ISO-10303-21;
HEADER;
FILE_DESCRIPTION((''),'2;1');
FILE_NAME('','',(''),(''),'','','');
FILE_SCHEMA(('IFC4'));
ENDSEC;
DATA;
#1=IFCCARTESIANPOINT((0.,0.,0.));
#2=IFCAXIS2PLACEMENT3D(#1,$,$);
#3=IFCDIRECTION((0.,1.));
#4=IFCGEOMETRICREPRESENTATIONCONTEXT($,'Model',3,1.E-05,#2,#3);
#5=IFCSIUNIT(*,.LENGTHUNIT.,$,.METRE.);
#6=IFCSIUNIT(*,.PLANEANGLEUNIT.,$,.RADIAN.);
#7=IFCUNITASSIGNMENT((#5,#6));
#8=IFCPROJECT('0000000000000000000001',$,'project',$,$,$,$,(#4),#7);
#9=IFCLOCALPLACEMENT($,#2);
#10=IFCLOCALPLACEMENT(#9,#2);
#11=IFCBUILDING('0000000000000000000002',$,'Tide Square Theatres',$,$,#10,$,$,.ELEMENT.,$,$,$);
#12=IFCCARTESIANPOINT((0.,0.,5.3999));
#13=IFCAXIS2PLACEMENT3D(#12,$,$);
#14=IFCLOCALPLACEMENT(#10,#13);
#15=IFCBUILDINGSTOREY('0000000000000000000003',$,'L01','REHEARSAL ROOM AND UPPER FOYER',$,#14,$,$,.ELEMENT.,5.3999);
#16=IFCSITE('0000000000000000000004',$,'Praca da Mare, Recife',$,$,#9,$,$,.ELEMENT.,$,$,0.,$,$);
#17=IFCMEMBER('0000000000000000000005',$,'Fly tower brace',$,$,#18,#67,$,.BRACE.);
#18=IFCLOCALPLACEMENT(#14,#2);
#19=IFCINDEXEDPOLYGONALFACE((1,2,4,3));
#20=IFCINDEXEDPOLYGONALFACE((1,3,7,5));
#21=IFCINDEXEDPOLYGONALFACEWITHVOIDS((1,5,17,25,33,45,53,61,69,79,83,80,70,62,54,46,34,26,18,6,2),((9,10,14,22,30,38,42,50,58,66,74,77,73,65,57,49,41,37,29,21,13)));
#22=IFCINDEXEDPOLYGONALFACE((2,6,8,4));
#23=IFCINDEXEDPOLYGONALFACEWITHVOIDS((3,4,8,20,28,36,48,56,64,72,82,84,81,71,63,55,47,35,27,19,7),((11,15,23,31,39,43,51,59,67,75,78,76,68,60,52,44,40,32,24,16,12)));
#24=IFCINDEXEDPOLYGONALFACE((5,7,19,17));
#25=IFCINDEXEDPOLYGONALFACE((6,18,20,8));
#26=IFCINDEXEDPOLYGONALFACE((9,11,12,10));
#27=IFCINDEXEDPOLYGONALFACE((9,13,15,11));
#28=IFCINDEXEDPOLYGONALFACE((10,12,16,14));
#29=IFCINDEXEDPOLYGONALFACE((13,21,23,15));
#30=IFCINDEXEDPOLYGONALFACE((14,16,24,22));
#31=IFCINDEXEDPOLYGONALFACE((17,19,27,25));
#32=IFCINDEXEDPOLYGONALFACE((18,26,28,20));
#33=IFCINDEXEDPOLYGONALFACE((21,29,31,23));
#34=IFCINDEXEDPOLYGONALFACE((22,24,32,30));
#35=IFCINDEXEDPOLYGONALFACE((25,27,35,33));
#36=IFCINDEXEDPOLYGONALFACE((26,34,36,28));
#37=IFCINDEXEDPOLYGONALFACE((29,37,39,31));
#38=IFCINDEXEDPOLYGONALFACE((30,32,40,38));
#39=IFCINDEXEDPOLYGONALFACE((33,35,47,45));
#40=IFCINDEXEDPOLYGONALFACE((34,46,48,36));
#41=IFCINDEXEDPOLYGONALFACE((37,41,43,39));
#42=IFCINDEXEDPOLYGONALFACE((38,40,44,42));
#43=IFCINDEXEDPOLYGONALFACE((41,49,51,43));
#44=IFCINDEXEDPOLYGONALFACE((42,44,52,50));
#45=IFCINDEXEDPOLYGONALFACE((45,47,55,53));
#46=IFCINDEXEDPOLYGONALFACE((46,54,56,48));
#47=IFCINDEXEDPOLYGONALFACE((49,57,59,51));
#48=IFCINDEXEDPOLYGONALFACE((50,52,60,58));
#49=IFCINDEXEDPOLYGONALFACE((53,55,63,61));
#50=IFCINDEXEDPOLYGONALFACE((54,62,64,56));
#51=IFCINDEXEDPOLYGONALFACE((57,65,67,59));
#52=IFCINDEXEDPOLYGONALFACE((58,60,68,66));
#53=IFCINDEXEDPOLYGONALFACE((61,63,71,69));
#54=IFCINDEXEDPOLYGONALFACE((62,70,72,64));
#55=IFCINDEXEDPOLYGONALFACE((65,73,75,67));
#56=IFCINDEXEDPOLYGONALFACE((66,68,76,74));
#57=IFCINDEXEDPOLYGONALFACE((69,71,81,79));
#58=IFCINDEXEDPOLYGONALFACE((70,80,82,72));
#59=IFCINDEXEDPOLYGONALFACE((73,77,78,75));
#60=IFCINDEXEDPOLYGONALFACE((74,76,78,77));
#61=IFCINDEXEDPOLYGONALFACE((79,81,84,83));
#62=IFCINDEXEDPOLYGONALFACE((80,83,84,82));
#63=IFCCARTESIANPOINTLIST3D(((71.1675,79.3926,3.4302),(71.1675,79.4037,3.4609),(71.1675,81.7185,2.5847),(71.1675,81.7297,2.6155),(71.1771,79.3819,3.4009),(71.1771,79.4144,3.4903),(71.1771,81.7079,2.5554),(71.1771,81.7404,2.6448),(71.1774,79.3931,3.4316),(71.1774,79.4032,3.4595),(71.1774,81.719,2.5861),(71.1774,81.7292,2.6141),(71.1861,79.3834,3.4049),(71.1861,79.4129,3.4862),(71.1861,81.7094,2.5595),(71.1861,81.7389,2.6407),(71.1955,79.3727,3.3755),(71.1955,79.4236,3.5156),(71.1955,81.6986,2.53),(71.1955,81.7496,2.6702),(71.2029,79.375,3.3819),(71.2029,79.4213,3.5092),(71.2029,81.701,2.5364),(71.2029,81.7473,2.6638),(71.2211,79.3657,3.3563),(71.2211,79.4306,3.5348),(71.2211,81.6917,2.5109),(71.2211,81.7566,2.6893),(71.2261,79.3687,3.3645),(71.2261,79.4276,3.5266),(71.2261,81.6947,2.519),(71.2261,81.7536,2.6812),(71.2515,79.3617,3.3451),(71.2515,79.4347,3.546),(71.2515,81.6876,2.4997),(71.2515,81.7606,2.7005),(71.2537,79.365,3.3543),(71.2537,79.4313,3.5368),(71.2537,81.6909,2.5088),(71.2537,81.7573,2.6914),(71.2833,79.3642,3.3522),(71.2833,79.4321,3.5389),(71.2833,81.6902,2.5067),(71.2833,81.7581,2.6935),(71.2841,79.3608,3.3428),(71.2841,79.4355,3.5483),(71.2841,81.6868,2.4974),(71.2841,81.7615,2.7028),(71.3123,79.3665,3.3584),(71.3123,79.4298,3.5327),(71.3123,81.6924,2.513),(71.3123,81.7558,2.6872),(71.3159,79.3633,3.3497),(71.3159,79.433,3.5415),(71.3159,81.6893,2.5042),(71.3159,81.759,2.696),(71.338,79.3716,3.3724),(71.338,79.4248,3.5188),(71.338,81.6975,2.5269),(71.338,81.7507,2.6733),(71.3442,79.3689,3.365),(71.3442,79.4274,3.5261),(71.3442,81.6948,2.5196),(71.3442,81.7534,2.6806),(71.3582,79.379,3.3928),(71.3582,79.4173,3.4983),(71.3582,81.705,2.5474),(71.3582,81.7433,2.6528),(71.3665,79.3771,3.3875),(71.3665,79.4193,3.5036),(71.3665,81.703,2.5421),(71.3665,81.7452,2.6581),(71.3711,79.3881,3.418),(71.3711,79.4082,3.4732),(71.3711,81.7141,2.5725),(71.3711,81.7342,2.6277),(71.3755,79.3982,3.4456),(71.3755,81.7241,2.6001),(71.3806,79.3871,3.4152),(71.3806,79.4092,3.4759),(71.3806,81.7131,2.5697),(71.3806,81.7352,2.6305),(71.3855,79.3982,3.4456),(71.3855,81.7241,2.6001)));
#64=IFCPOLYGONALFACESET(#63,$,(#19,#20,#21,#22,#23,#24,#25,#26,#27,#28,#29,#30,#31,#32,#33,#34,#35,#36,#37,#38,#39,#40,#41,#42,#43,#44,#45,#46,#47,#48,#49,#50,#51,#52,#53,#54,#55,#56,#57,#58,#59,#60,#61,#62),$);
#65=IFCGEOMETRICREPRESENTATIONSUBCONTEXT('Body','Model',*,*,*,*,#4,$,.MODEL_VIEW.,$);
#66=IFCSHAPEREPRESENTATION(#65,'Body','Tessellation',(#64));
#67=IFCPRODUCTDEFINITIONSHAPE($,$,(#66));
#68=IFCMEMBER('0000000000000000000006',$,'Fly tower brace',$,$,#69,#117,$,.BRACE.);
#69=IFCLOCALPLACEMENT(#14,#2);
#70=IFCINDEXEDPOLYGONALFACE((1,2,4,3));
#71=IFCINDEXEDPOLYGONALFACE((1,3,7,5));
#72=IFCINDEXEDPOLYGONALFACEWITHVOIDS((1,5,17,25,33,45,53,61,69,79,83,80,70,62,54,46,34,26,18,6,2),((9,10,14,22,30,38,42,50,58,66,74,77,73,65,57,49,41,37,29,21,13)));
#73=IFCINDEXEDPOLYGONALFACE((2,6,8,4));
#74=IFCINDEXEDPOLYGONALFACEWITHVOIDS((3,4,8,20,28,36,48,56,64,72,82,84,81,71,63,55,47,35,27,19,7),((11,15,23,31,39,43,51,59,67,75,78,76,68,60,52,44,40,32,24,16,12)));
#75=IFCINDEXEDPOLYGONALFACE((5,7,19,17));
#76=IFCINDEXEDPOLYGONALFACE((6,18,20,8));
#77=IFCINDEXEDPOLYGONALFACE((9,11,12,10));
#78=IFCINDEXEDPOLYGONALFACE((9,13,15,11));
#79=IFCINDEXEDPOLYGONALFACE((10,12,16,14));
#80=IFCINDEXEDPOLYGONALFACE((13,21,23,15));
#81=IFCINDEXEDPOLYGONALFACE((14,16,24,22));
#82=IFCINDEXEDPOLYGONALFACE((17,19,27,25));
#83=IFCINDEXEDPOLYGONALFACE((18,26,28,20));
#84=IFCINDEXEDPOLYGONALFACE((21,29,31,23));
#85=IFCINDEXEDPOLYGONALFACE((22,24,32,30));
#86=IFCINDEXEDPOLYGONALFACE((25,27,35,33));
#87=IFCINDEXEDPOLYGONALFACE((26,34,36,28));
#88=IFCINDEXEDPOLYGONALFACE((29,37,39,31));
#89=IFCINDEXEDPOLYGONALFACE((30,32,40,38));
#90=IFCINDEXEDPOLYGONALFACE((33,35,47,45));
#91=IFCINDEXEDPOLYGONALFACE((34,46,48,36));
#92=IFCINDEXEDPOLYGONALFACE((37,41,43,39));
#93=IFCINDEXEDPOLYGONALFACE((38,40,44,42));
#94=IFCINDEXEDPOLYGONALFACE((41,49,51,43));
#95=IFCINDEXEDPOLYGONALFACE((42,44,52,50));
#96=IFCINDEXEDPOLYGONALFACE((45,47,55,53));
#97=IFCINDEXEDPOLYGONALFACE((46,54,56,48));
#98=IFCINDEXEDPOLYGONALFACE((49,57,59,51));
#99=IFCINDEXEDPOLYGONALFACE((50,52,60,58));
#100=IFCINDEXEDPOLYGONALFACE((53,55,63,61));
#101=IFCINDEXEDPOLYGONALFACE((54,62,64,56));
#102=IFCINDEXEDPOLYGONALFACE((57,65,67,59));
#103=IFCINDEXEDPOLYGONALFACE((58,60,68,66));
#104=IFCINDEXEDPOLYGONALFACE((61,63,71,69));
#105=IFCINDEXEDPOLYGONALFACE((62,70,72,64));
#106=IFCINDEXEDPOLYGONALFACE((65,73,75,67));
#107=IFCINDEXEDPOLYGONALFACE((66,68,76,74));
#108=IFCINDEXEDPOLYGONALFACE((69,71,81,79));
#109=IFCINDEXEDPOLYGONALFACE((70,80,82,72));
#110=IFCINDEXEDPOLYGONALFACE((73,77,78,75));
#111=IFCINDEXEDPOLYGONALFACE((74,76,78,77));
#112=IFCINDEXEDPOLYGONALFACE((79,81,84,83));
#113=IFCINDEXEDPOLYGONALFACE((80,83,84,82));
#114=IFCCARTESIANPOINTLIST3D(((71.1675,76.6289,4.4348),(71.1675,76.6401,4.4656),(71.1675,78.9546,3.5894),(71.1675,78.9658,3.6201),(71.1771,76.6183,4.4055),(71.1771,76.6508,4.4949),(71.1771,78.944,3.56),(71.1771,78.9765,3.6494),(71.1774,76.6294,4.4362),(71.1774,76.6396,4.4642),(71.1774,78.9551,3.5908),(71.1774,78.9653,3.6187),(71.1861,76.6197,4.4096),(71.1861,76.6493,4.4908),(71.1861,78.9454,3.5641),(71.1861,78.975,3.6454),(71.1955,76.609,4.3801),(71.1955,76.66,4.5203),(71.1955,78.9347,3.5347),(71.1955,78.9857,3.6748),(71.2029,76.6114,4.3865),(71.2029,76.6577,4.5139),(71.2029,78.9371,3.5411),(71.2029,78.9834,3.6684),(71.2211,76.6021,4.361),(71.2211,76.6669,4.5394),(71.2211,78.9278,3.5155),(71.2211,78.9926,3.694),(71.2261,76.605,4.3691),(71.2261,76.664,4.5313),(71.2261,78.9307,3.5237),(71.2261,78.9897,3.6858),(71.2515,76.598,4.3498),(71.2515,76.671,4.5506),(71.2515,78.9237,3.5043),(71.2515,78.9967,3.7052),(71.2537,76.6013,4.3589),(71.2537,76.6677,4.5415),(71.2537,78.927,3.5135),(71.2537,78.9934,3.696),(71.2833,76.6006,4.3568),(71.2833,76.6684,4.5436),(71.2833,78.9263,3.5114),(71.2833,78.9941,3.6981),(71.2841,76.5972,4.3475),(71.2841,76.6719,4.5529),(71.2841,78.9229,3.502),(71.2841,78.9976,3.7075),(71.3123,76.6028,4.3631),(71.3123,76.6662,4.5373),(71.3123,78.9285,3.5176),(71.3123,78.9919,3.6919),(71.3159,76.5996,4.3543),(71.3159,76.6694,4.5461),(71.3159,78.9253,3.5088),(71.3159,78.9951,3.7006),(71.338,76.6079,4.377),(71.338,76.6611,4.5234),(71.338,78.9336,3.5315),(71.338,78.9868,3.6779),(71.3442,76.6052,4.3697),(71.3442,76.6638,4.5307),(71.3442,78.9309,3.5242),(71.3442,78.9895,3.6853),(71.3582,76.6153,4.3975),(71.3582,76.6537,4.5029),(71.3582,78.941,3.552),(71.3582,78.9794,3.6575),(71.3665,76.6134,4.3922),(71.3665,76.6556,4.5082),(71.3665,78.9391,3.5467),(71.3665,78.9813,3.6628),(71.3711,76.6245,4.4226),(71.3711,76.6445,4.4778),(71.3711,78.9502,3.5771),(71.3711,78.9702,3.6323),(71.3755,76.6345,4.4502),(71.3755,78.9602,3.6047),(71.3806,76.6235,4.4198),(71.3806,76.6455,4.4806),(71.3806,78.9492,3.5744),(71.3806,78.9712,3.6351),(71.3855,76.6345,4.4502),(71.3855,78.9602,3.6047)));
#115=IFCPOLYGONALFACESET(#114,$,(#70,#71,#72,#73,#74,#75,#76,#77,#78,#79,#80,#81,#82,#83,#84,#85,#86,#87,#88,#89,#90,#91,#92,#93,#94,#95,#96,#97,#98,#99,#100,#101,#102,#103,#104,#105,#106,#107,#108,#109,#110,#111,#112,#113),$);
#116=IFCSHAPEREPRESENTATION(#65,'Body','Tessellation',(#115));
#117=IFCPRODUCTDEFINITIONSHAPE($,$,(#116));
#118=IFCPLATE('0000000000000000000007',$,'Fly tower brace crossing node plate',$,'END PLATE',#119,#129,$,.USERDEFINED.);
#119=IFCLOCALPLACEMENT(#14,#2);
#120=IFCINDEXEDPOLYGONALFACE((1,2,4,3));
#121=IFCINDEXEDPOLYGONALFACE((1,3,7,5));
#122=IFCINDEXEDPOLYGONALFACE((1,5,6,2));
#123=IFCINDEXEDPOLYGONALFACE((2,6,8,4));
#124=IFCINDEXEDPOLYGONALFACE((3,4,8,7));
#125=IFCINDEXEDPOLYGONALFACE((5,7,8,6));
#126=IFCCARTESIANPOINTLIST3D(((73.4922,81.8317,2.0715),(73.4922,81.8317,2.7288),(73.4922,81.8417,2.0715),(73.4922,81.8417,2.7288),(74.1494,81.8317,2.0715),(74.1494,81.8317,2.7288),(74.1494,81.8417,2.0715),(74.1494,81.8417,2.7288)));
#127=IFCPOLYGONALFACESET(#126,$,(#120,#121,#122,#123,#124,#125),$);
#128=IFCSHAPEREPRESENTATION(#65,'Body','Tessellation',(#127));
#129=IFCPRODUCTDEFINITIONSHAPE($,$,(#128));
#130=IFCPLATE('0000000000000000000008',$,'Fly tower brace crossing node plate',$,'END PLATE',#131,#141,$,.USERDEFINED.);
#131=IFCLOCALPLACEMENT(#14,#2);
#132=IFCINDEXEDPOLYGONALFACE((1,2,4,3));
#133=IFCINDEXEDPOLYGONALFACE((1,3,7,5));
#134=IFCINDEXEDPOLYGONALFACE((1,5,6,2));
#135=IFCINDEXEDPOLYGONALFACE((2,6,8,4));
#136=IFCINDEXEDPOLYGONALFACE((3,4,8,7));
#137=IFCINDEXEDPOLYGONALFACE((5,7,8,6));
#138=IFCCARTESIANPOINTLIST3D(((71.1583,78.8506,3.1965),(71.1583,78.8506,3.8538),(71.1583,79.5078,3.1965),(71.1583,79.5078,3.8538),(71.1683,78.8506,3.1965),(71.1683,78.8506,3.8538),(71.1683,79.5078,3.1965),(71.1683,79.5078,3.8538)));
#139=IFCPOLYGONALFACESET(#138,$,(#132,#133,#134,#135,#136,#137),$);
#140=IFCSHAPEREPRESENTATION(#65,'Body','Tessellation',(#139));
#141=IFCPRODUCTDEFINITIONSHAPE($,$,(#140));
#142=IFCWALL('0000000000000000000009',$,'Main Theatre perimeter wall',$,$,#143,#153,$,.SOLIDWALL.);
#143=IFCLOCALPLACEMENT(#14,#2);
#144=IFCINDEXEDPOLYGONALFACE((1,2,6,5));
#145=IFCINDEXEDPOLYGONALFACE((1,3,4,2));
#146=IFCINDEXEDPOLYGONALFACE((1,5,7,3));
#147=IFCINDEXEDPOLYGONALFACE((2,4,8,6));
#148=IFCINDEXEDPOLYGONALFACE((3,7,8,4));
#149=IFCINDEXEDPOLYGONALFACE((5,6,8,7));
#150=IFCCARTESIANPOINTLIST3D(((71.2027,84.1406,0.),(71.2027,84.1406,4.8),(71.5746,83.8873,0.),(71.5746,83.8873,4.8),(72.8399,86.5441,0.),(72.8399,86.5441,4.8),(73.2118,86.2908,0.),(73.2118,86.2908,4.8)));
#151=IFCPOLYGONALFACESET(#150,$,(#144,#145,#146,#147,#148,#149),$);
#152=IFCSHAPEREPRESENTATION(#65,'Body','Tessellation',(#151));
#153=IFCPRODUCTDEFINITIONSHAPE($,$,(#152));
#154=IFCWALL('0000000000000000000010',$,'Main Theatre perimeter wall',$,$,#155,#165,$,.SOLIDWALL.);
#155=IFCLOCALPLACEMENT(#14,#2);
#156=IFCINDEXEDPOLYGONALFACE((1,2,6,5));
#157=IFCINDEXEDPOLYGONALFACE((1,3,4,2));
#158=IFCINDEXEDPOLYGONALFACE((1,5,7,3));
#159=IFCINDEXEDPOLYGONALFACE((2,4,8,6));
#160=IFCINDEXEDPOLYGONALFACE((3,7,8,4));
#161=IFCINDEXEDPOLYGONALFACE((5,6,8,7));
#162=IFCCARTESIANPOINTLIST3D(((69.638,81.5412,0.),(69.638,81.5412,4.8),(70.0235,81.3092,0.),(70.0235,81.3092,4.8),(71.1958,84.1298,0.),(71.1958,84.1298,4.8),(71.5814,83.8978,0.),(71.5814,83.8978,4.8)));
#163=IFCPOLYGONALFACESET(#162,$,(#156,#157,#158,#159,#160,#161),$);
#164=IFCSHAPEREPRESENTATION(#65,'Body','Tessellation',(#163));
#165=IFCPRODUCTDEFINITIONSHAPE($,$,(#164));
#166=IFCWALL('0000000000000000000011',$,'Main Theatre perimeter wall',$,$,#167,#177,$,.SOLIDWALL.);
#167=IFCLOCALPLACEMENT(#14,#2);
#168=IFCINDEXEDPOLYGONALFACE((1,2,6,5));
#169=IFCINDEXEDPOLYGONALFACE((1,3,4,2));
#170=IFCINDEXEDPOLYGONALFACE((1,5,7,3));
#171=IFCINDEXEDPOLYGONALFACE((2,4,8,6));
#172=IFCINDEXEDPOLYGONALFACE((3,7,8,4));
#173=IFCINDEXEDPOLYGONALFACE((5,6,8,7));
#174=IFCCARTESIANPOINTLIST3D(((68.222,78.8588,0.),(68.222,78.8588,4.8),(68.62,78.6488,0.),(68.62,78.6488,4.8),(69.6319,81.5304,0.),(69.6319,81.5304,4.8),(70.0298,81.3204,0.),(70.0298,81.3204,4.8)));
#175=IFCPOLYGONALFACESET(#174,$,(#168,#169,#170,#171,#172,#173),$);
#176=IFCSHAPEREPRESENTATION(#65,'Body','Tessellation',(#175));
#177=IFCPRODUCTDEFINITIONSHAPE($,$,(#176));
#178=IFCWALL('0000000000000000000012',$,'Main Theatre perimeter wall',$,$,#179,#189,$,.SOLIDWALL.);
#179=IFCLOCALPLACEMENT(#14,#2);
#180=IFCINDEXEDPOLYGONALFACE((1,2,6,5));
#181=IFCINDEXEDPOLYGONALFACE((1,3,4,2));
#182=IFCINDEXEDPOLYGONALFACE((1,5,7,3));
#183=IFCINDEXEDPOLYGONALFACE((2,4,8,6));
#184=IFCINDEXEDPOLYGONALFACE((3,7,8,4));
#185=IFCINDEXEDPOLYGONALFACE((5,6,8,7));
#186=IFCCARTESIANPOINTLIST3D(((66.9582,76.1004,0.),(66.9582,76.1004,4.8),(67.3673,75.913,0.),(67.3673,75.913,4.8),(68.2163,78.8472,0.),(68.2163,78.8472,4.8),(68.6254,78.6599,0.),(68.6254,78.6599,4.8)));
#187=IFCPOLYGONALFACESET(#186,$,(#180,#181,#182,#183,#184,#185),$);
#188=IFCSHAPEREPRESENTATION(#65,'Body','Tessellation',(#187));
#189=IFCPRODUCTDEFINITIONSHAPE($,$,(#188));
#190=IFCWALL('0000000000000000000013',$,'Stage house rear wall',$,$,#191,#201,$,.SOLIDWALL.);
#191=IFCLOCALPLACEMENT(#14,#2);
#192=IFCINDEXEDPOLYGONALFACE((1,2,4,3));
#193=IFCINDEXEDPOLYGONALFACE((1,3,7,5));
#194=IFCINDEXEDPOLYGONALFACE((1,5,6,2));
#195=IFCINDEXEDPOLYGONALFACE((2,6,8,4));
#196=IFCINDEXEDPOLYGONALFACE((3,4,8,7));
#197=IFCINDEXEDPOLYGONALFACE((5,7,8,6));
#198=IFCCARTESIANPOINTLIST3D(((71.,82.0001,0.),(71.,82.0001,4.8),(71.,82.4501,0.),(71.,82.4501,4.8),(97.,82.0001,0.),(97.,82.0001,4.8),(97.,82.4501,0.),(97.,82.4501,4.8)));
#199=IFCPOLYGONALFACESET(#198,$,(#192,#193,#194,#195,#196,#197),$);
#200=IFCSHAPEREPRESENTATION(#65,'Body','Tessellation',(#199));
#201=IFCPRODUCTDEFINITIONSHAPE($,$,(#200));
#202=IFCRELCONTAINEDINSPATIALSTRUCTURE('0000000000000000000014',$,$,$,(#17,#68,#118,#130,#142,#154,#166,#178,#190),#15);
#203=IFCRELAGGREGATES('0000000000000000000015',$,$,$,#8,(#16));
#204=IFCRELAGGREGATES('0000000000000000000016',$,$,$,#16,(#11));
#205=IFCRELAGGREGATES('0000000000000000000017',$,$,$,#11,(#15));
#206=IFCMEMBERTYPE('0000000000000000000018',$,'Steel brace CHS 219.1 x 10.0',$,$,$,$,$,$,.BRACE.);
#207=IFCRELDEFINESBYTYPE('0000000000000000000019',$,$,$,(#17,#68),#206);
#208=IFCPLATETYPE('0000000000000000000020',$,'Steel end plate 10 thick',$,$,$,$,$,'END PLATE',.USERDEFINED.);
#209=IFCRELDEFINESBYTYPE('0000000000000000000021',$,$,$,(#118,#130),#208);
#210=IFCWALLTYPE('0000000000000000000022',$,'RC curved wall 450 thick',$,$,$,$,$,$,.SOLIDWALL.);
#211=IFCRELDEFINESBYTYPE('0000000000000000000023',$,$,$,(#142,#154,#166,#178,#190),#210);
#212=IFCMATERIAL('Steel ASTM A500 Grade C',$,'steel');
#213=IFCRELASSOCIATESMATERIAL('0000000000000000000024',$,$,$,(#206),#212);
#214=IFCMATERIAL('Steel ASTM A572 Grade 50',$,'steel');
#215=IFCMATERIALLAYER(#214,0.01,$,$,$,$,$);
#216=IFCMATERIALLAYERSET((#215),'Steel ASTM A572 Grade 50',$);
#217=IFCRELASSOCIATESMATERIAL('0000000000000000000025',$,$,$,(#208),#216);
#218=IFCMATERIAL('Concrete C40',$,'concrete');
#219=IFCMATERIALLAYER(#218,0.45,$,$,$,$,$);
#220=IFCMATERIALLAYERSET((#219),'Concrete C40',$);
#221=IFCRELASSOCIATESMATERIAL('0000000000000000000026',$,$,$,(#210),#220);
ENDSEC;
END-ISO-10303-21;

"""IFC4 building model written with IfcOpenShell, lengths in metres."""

from ifc_helpers import new_model, si_unit, direction, frame, frame_2d, origin, origin_2d, place, context, subcontext, project, spatial, rectangle, hollow_circle, extrude, material, layer, layer_set, material_profile, profile_set, type_object, element, save


model = new_model("IFC4")

# Units and contexts
model_context = context("Model", 3, precision=1e-05, world=origin(), true_north=direction((0.0, 1.0)))
body_context = subcontext(model_context, "Body", "Model", "MODEL_VIEW")
ifc_project = project(units=[si_unit("LENGTHUNIT", "METRE"), si_unit("PLANEANGLEUNIT", "RADIAN")], contexts=[model_context])

# Site, building, storey
site_placement = place(None, origin())
site = spatial("IfcSite", under=ifc_project, at=site_placement, Name="Praca da Mare, Recife", CompositionType="ELEMENT", RefElevation=0.0)
building_placement = place(site_placement, origin())
building = spatial("IfcBuilding", under=site, at=building_placement, Name="Tide Square Theatres", CompositionType="ELEMENT")
storey_placement = place(building_placement, frame((0.0, 0.0, 5.3999)))
storey = spatial("IfcBuildingStorey", under=building, at=storey_placement, Name="L01", Description="REHEARSAL ROOM AND UPPER FOYER", CompositionType="ELEMENT", Elevation=5.3999)

# Members
ifc_material_1 = material(Name="Steel ASTM A500 Grade C", Category="steel")
ifc_material_profile_1 = material_profile(ifc_material_1, hollow_circle(Radius=0.1096, WallThickness=0.01, at=origin_2d()))
ifc_profile_set_1 = profile_set([ifc_material_profile_1], Name="Steel ASTM A500 Grade C")
member_type = type_object("IfcMemberType", Name="Steel brace CHS 219.1 x 10.0", PredefinedType="BRACE", material=ifc_profile_set_1)
member_1_placement = place(storey_placement, frame((71.2759, 81.7241, 2.6001), z_axis=(0.0, -0.939837, 0.341624), x_axis=(1.0, 0.0, 0.0)))
element("IfcMember", 1, at=member_1_placement, inside=storey, type_object=member_type, Name="Fly tower brace", PredefinedType="BRACE", context=body_context, shape_type="SweptSolid", body=[
    extrude(hollow_circle(Radius=0.1096, WallThickness=0.01, at=origin_2d()), origin(), (0.0, 0.0, 1.0), 2.4749),
])
member_2_placement = place(storey_placement, frame((71.2759, 78.9602, 3.6047), z_axis=(0.0, -0.939825, 0.341656), x_axis=(1.0, 0.0, 0.0)))
element("IfcMember", 2, at=member_2_placement, inside=storey, type_object=member_type, Name="Fly tower brace", PredefinedType="BRACE", context=body_context, shape_type="SweptSolid", body=[
    extrude(hollow_circle(Radius=0.1096, WallThickness=0.01, at=origin_2d()), origin(), (0.0, 0.0, 1.0), 2.4746),
])

# Plates
ifc_material_2 = material(Name="Steel ASTM A572 Grade 50", Category="steel")
ifc_layer_1 = layer(ifc_material_2, 0.01)
ifc_layer_set_1 = layer_set([ifc_layer_1], Name="Steel ASTM A572 Grade 50")
plate_type = type_object("IfcPlateType", Name="Steel end plate 10 thick", ElementType="END PLATE", PredefinedType="USERDEFINED", material=ifc_layer_set_1)
for number, where, z_axis, x_axis, name in (
    (3, (73.8208, 81.8367, 2.0715), (0.0, 0.0, 1.0), (0.0, 1.0, 0.0), "Fly tower brace crossing node plate"),
    (4, (71.1633, 79.1792, 3.1965), (0.0, 0.0, 1.0), (-1.0, 0.0, 0.0), "Fly tower brace crossing node plate"),
):
    element("IfcPlate", number, at=place(storey_placement, frame(where, z_axis=z_axis, x_axis=x_axis)), inside=storey, type_object=plate_type, Name=name, ObjectType="END PLATE", PredefinedType="USERDEFINED", context=body_context, shape_type="SweptSolid", body=[
        extrude(rectangle(XDim=0.01, YDim=0.6572, at=origin_2d()), origin(), (0.0, 0.0, 1.0), 0.6572),
    ])

# Walls
ifc_material_3 = material(Name="Concrete C40", Category="concrete")
ifc_layer_2 = layer(ifc_material_3, 0.45)
ifc_layer_set_2 = layer_set([ifc_layer_2], Name="Concrete C40")
wall_type_1 = type_object("IfcWallType", Name="RC curved wall 450 thick", PredefinedType="SOLIDWALL", material=ifc_layer_set_2)
wall_1_placement = place(storey_placement, frame((73.0259, 86.4175, 0.0), z_axis=(0.0, 0.0, 1.0), x_axis=(-0.562964, -0.826481, 0.0)))
element("IfcWall", 5, at=wall_1_placement, inside=storey, type_object=wall_type_1, Name="Main Theatre perimeter wall", PredefinedType="SOLIDWALL", context=body_context, shape_type="SweptSolid", body=[
    extrude(rectangle(XDim=2.9082, YDim=0.45, at=frame_2d((1.4541, 0.0))), origin(), (0.0, 0.0, 1.0), 4.8),
])
wall_2_placement = place(storey_placement, frame((71.3887, 84.0139, 0.0), z_axis=(0.0, 0.0, 1.0), x_axis=(-0.515636, -0.856808, 0.0)))
element("IfcWall", 6, at=wall_2_placement, inside=storey, type_object=wall_type_1, Name="Main Theatre perimeter wall", PredefinedType="SOLIDWALL", context=body_context, shape_type="SweptSolid", body=[
    extrude(rectangle(XDim=3.0212, YDim=0.45, at=frame_2d((1.5107, 0.0))), origin(), (0.0, 0.0, 1.0), 4.8),
])
wall_3_placement = place(storey_placement, frame((69.8308, 81.4253, 0.0), z_axis=(0.0, 0.0, 1.0), x_axis=(-0.466729, -0.884401, 0.0)))
element("IfcWall", 7, at=wall_3_placement, inside=storey, type_object=wall_type_1, Name="Main Theatre perimeter wall", PredefinedType="SOLIDWALL", context=body_context, shape_type="SweptSolid", body=[
    extrude(rectangle(XDim=3.0208, YDim=0.45, at=frame_2d((1.5103, 0.0))), origin(), (0.0, 0.0, 1.0), 4.8),
])
wall_4_placement = place(storey_placement, frame((68.4209, 78.7537, 0.0), z_axis=(0.0, 0.0, 1.0), x_axis=(-0.416407, -0.909178, 0.0)))
element("IfcWall", 8, at=wall_4_placement, inside=storey, type_object=wall_type_1, Name="Main Theatre perimeter wall", PredefinedType="SOLIDWALL", context=body_context, shape_type="SweptSolid", body=[
    extrude(rectangle(XDim=3.0212, YDim=0.45, at=frame_2d((1.5107, 0.0))), origin(), (0.0, 0.0, 1.0), 4.8),
])
wall_5_placement = place(storey_placement, frame((71.0, 82.2251, 0.0), z_axis=(0.0, 0.0, 1.0), x_axis=(1.0, 0.0, 0.0)))
element("IfcWall", 9, at=wall_5_placement, inside=storey, type_object=wall_type_1, Name="Stage house rear wall", PredefinedType="SOLIDWALL", context=body_context, shape_type="SweptSolid", body=[
    extrude(rectangle(XDim=26.0, YDim=0.45, at=frame_2d((13.0, 0.0))), origin(), (0.0, 0.0, 1.0), 4.8),
])

save(model, "model.ifc")
